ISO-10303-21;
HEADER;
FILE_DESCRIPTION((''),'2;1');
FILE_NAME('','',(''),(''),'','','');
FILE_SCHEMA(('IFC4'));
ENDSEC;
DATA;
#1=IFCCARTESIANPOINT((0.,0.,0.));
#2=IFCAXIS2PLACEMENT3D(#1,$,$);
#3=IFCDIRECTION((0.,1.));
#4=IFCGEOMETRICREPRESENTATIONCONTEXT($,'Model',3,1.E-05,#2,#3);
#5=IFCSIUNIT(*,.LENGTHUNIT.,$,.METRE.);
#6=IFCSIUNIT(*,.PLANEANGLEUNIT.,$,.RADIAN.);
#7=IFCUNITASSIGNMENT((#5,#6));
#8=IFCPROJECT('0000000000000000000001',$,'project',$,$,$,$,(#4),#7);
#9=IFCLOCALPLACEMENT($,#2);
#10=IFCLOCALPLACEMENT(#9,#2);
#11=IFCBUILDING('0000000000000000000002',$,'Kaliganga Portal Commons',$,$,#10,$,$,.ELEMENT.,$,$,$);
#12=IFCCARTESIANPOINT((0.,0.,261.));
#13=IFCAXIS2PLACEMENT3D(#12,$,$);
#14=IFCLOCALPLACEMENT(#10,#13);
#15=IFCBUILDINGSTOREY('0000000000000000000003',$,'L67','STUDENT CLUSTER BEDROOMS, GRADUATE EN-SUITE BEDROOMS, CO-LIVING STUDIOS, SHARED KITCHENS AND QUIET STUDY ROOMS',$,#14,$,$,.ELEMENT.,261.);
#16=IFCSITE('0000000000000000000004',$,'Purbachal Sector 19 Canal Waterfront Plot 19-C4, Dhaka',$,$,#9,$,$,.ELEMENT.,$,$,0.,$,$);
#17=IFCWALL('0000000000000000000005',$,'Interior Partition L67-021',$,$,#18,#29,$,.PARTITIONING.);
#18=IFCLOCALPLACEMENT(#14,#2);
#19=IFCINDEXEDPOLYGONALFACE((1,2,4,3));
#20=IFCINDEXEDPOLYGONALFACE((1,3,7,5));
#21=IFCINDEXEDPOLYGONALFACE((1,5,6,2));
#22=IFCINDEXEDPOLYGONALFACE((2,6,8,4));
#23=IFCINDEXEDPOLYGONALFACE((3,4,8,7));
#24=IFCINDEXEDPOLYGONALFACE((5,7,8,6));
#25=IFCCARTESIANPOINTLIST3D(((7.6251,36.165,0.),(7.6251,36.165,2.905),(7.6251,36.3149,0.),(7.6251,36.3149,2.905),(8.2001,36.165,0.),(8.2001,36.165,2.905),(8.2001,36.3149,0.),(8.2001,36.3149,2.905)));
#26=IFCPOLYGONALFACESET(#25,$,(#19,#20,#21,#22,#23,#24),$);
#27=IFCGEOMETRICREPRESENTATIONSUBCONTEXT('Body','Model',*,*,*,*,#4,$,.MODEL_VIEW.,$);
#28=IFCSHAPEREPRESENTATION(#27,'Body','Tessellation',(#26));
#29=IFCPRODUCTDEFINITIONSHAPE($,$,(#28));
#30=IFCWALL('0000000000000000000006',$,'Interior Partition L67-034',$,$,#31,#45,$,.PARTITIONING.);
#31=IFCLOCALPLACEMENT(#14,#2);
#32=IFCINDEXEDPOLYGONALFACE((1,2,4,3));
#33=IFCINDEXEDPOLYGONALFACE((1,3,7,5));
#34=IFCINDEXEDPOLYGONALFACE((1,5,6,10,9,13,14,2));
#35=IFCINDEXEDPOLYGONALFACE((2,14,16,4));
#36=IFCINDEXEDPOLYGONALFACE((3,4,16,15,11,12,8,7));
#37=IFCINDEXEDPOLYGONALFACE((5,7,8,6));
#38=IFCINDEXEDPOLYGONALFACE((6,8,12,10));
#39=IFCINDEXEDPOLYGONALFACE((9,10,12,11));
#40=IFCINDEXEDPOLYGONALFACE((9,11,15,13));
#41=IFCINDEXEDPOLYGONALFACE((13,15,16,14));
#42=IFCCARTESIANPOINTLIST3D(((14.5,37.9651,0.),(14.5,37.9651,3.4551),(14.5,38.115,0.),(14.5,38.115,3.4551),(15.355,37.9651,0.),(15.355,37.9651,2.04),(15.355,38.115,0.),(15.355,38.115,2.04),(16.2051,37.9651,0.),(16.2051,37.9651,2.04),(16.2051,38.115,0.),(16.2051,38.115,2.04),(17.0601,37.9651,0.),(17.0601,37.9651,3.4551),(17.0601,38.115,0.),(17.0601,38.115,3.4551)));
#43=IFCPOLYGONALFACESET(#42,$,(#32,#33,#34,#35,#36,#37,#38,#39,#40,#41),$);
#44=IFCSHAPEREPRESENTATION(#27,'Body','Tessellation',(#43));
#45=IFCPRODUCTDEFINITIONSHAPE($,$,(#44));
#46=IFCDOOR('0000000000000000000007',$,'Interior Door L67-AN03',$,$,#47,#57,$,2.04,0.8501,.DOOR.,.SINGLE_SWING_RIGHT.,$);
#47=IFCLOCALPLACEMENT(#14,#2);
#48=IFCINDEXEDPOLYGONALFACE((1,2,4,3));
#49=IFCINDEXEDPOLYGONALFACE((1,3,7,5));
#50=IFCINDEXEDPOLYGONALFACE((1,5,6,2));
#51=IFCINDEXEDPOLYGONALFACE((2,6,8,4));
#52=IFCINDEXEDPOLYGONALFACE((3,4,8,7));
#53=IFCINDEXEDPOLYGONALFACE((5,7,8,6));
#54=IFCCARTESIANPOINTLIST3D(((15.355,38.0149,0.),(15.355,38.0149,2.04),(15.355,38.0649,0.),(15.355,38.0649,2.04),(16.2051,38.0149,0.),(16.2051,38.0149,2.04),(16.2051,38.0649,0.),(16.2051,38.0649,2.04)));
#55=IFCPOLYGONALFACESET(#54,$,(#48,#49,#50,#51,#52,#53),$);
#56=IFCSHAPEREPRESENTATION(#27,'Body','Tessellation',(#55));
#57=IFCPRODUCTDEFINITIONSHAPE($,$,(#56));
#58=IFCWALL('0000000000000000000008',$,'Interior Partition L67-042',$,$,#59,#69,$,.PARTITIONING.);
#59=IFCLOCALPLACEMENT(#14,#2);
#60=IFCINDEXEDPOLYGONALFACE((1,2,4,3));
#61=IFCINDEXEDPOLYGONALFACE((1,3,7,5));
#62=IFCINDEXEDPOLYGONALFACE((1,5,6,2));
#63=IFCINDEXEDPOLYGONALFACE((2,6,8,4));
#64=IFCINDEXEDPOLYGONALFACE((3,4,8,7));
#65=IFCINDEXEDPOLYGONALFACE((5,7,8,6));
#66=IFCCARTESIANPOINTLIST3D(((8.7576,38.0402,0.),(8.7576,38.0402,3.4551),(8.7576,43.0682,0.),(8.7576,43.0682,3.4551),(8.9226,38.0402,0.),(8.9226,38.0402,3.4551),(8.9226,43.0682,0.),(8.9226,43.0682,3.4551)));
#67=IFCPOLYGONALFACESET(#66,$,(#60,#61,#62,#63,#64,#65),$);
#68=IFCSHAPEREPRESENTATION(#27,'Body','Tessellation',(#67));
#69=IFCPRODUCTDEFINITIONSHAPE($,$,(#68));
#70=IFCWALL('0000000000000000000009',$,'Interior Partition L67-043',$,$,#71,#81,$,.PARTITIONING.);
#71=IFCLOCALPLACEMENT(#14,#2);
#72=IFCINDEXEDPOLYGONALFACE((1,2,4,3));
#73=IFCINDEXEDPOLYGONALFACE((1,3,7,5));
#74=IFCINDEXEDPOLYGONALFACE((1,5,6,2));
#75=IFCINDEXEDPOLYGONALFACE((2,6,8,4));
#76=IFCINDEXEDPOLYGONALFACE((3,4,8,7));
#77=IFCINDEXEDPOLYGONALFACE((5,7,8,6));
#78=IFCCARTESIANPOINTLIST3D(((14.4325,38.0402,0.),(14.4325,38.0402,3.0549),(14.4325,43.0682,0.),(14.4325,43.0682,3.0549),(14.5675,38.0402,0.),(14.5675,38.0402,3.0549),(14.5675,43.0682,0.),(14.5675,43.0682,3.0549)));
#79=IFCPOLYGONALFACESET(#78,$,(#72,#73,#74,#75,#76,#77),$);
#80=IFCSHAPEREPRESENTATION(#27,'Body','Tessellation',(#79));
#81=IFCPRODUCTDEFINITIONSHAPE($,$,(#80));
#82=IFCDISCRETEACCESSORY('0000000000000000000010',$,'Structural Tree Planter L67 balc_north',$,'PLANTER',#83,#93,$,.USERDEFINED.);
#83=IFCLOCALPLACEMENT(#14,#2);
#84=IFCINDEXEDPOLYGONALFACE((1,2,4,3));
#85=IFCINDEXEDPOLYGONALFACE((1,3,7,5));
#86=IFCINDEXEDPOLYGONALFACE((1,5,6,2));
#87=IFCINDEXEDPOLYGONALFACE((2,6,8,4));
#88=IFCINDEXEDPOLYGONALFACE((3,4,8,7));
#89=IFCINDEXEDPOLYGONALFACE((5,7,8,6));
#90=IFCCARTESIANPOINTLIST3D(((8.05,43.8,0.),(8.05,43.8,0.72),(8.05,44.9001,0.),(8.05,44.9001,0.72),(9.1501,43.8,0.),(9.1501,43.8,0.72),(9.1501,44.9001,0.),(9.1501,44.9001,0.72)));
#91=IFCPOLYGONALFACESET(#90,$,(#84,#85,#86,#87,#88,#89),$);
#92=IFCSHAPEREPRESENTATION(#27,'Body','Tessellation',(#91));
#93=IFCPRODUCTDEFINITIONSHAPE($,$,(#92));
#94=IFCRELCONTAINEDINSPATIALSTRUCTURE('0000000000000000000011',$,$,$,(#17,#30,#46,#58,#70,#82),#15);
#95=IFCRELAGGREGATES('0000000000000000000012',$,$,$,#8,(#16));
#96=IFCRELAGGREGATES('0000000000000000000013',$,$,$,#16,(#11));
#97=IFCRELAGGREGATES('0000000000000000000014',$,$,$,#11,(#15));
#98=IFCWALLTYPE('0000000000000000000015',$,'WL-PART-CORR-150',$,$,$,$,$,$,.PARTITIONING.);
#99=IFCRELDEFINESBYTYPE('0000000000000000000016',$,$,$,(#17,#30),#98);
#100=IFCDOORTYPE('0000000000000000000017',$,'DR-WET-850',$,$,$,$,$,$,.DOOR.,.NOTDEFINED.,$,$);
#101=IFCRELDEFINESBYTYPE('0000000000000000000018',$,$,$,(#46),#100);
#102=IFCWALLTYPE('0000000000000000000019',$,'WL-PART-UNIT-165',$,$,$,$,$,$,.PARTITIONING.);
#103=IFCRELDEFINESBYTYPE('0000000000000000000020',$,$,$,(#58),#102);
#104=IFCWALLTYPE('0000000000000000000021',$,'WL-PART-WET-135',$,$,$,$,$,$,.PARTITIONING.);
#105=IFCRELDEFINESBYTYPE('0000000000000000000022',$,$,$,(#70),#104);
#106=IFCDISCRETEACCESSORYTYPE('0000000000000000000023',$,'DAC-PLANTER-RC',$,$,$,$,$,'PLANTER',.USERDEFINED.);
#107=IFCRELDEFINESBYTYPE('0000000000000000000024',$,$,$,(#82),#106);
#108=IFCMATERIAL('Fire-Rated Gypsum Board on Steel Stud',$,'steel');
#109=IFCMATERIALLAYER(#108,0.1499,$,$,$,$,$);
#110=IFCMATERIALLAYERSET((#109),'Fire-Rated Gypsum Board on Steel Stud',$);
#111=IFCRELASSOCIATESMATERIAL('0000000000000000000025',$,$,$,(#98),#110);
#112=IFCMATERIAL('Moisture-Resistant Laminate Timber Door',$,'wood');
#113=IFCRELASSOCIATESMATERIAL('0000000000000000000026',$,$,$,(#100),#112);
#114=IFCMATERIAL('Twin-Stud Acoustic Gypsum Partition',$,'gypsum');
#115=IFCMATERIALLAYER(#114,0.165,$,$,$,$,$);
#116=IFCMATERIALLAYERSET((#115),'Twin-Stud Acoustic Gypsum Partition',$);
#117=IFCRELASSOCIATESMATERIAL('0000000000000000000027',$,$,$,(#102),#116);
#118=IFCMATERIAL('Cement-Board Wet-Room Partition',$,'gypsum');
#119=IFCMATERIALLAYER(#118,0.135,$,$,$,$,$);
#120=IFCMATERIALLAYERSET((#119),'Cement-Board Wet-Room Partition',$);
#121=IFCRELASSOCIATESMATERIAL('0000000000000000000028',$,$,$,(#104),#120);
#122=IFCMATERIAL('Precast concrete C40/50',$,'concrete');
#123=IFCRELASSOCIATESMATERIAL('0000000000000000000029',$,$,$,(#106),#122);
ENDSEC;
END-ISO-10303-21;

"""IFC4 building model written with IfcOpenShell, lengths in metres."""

from ifc_helpers import new_model, si_unit, direction, frame, frame_2d, origin, origin_2d, place, context, subcontext, project, spatial, rectangle, extrude, source, transform, mapped, material, layer, layer_set, type_object, element, fill, save


model = new_model("IFC4")

# Units and contexts
model_context = context("Model", 3, precision=1e-05, world=origin(), true_north=direction((0.0, 1.0)))
body_context = subcontext(model_context, "Body", "Model", "MODEL_VIEW")
ifc_project = project(units=[si_unit("LENGTHUNIT", "METRE"), si_unit("PLANEANGLEUNIT", "RADIAN")], contexts=[model_context])

# Site, building, storey
site_placement = place(None, origin())
site = spatial("IfcSite", under=ifc_project, at=site_placement, Name="Purbachal Sector 19 Canal Waterfront Plot 19-C4, Dhaka", CompositionType="ELEMENT", RefElevation=0.0)
building_placement = place(site_placement, origin())
building = spatial("IfcBuilding", under=site, at=building_placement, Name="Kaliganga Portal Commons", CompositionType="ELEMENT")
storey_placement = place(building_placement, frame((0.0, 0.0, 261.0)))
storey = spatial("IfcBuildingStorey", under=building, at=storey_placement, Name="L67", Description="STUDENT CLUSTER BEDROOMS, GRADUATE EN-SUITE BEDROOMS, CO-LIVING STUDIOS, SHARED KITCHENS AND QUIET STUDY ROOMS", CompositionType="ELEMENT", Elevation=261.0)

# Shared definitions
ifc_material_1 = material(Name="Fire-Rated Gypsum Board on Steel Stud", Category="steel")
ifc_layer_1 = layer(ifc_material_1, 0.1499)
ifc_layer_set_1 = layer_set([ifc_layer_1], Name="Fire-Rated Gypsum Board on Steel Stud")
wall_type_1 = type_object("IfcWallType", Name="WL-PART-CORR-150", PredefinedType="PARTITIONING", material=ifc_layer_set_1)

# Wall
wall_1_placement = place(storey_placement, frame((7.625, 36.24, 0.0), z_axis=(0.0, 0.0, 1.0), x_axis=(1.0, 0.0, 0.0)))
element("IfcWall", 1, at=wall_1_placement, inside=storey, type_object=wall_type_1, Name="Interior Partition L67-021", PredefinedType="PARTITIONING", context=body_context, shape_type="SweptSolid", body=[
    extrude(rectangle(XDim=0.575, YDim=0.1499, at=frame_2d((0.2876, 0.0))), origin(), (0.0, 0.0, 1.0), 2.905),
])

# Wall, opening, door
wall_2_placement = place(storey_placement, frame((14.5, 38.04, 0.0), z_axis=(0.0, 0.0, 1.0), x_axis=(1.0, 0.0, 0.0)))
wall_2 = element("IfcWall", 2, at=wall_2_placement, inside=storey, type_object=wall_type_1, Name="Interior Partition L67-034", PredefinedType="PARTITIONING", context=body_context, shape_type="SweptSolid", body=[
    extrude(rectangle(XDim=2.5601, YDim=0.1499, at=frame_2d((1.28, 0.0))), origin(), (0.0, 0.0, 1.0), 3.4551),
])
opening_1_placement = place(wall_2_placement, frame((0.855, 0.0, 0.0)))
opening_1 = element("IfcOpeningElement", 3, at=opening_1_placement, cuts=wall_2, PredefinedType="OPENING", context=body_context, shape_type="SweptSolid", body=[
    extrude(rectangle(XDim=0.8501, YDim=2.04, at=frame_2d((0.425, 1.02))), frame((0.0, 0.085, 0.0), z_axis=(0.0, -1.0, 0.0), x_axis=(1.0, 0.0, 0.0)), (0.0, 0.0, 1.0), 0.1699),
])
ifc_material_2 = material(Name="Moisture-Resistant Laminate Timber Door", Category="wood")
door_type_1 = type_object("IfcDoorType", Name="DR-WET-850", OperationType="NOTDEFINED", PredefinedType="DOOR", material=ifc_material_2)
door_1_placement = place(opening_1_placement, origin())
door_1 = element("IfcDoor", 4, at=door_1_placement, inside=storey, type_object=door_type_1, Name="Interior Door L67-AN03", OperationType="SINGLE_SWING_RIGHT", OverallHeight=2.04, OverallWidth=0.8501, PredefinedType="DOOR", context=body_context, shape_type="SweptSolid", body=[
    extrude(rectangle(XDim=0.8501, YDim=2.04, at=frame_2d((0.425, 1.02))), frame((0.0, 0.0249, 0.0), z_axis=(0.0, -1.0, 0.0), x_axis=(1.0, 0.0, 0.0)), (0.0, 0.0, 1.0), 0.05),
])
fill(opening_1, door_1)

# Walls
ifc_material_3 = material(Name="Twin-Stud Acoustic Gypsum Partition", Category="gypsum")
ifc_layer_2 = layer(ifc_material_3, 0.165)
ifc_layer_set_2 = layer_set([ifc_layer_2], Name="Twin-Stud Acoustic Gypsum Partition")
wall_type_2 = type_object("IfcWallType", Name="WL-PART-UNIT-165", PredefinedType="PARTITIONING", material=ifc_layer_set_2)
wall_3_placement = place(storey_placement, frame((8.8401, 38.04, 0.0), z_axis=(0.0, 0.0, 1.0), x_axis=(0.0, 1.0, 0.0)))
element("IfcWall", 5, at=wall_3_placement, inside=storey, type_object=wall_type_2, Name="Interior Partition L67-042", PredefinedType="PARTITIONING", context=body_context, shape_type="SweptSolid", body=[
    extrude(rectangle(XDim=5.0281, YDim=0.165, at=frame_2d((2.5142, 0.0))), origin(), (0.0, 0.0, 1.0), 3.4551),
])
ifc_material_4 = material(Name="Cement-Board Wet-Room Partition", Category="gypsum")
ifc_layer_3 = layer(ifc_material_4, 0.135)
ifc_layer_set_3 = layer_set([ifc_layer_3], Name="Cement-Board Wet-Room Partition")
wall_type_3 = type_object("IfcWallType", Name="WL-PART-WET-135", PredefinedType="PARTITIONING", material=ifc_layer_set_3)
wall_4_placement = place(storey_placement, frame((14.5, 38.04, 0.0), z_axis=(0.0, 0.0, 1.0), x_axis=(0.0, 1.0, 0.0)))
element("IfcWall", 6, at=wall_4_placement, inside=storey, type_object=wall_type_3, Name="Interior Partition L67-043", PredefinedType="PARTITIONING", context=body_context, shape_type="SweptSolid", body=[
    extrude(rectangle(XDim=5.0281, YDim=0.135, at=frame_2d((2.5142, 0.0))), origin(), (0.0, 0.0, 1.0), 3.0549),
])

# Discrete accessory
ifc_material_5 = material(Name="Precast concrete C40/50", Category="concrete")
discrete_accessory_type = type_object("IfcDiscreteAccessoryType", Name="DAC-PLANTER-RC", ElementType="PLANTER", PredefinedType="USERDEFINED", material=ifc_material_5)
shared_shape_1 = source(origin(), body_context, "Body", "SweptSolid", [
    extrude(rectangle(XDim=1.1001, YDim=1.1001, at=origin_2d()), origin(), (0.0, 0.0, 1.0), 0.72),
])
discrete_accessory_placement = place(storey_placement, frame((8.6001, 44.3501, 0.0), z_axis=(0.0, 0.0, 1.0), x_axis=(1.0, 0.0, 0.0)))
element("IfcDiscreteAccessory", 7, at=discrete_accessory_placement, inside=storey, type_object=discrete_accessory_type, Name="Structural Tree Planter L67 balc_north", ObjectType="PLANTER", PredefinedType="USERDEFINED", context=body_context, shape_type="MappedRepresentation", body=[
    mapped(shared_shape_1, transform((0.0, 0.0, 0.0), x_axis=(1.0, 0.0, 0.0), y_axis=(0.0, 1.0, 0.0), z_axis=(0.0, 0.0, 1.0), scale=1.0)),
])

save(model, "model.ifc")
